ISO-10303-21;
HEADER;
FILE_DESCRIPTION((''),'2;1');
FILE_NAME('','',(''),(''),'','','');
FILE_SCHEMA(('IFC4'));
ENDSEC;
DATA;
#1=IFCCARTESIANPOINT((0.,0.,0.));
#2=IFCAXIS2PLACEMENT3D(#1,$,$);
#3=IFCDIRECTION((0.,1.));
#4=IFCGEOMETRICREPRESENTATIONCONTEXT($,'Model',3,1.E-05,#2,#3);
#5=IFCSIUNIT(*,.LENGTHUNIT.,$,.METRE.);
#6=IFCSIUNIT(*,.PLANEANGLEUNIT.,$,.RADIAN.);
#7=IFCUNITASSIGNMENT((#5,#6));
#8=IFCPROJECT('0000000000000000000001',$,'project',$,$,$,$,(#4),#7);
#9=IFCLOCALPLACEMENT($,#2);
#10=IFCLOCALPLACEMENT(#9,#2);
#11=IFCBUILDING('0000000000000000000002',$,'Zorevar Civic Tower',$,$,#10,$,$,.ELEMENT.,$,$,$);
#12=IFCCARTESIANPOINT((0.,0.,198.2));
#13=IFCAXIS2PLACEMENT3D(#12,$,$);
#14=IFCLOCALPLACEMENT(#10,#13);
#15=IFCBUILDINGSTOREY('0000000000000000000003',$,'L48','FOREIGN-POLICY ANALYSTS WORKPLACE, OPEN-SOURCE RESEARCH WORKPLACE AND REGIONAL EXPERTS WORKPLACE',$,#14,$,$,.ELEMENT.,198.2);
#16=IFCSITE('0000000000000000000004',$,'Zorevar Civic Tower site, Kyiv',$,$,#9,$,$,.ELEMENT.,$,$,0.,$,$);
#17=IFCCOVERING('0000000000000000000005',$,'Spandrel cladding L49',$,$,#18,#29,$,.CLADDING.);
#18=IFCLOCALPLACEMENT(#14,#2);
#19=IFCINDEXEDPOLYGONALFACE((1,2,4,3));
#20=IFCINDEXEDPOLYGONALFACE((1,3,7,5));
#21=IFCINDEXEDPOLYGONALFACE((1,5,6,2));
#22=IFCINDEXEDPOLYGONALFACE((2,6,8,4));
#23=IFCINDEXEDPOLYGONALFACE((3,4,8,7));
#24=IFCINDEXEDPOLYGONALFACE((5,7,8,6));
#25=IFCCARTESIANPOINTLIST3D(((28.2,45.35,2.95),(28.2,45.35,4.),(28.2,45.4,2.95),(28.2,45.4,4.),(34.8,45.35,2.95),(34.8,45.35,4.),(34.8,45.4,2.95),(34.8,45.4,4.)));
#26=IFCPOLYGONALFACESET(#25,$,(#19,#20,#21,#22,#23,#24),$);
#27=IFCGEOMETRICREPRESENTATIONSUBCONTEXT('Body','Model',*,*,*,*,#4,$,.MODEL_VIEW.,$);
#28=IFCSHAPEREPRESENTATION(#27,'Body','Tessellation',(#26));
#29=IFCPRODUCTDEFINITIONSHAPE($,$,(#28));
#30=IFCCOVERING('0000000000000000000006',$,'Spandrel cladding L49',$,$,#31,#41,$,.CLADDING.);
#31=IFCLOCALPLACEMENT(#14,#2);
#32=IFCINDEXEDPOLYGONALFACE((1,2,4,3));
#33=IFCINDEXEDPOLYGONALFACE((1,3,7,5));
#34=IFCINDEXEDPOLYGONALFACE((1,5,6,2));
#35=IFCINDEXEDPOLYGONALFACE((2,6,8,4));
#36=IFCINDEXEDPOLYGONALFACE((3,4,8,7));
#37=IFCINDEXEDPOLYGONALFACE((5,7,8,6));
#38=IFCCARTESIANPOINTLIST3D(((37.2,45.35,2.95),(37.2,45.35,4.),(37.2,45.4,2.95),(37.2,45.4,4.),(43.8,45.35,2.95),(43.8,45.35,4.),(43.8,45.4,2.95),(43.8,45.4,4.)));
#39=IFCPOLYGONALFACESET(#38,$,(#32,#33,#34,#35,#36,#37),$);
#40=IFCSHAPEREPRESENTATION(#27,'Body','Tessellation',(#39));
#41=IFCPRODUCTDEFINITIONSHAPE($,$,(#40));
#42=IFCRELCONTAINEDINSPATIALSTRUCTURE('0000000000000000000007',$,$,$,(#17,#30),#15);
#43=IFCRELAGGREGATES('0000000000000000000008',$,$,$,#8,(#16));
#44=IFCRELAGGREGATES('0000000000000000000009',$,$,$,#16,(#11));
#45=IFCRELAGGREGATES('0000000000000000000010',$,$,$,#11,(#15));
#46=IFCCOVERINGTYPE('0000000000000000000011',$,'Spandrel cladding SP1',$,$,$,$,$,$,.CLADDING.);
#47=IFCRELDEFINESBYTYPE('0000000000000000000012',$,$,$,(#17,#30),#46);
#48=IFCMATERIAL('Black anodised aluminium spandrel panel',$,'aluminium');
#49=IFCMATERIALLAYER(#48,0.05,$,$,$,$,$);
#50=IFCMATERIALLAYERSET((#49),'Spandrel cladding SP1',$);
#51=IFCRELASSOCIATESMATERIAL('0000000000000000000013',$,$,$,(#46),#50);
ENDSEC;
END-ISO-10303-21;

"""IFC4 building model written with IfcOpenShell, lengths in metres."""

from ifc_helpers import new_model, si_unit, direction, frame, frame_2d, origin, place, context, subcontext, project, spatial, rectangle, extrude, material, layer, layer_set, type_object, element, save


model = new_model("IFC4")

# Units and contexts
model_context = context("Model", 3, precision=1e-05, world=origin(), true_north=direction((0.0, 1.0)))
body_context = subcontext(model_context, "Body", "Model", "MODEL_VIEW")
ifc_project = project(units=[si_unit("LENGTHUNIT", "METRE"), si_unit("PLANEANGLEUNIT", "RADIAN")], contexts=[model_context])

# Site, building, storey
site_placement = place(None, origin())
site = spatial("IfcSite", under=ifc_project, at=site_placement, Name="Zorevar Civic Tower site, Kyiv", CompositionType="ELEMENT", RefElevation=0.0)
building_placement = place(site_placement, origin())
building = spatial("IfcBuilding", under=site, at=building_placement, Name="Zorevar Civic Tower", CompositionType="ELEMENT")
storey_placement = place(building_placement, frame((0.0, 0.0, 198.2)))
storey = spatial("IfcBuildingStorey", under=building, at=storey_placement, Name="L48", Description="FOREIGN-POLICY ANALYSTS WORKPLACE, OPEN-SOURCE RESEARCH WORKPLACE AND REGIONAL EXPERTS WORKPLACE", CompositionType="ELEMENT", Elevation=198.2)

# Coverings
ifc_material_1 = material(Name="Black anodised aluminium spandrel panel", Category="aluminium")
ifc_layer_1 = layer(ifc_material_1, 0.05)
ifc_layer_set_1 = layer_set([ifc_layer_1], Name="Spandrel cladding SP1")
covering_type = type_object("IfcCoveringType", Name="Spandrel cladding SP1", PredefinedType="CLADDING", material=ifc_layer_set_1)
for number, where, z_axis, x_axis, name in (
    (1, (28.2, 45.375, 2.95), (0.0, 0.0, 1.0), (1.0, 0.0, 0.0), "Spandrel cladding L49"),
    (2, (37.2, 45.375, 2.95), (0.0, 0.0, 1.0), (1.0, 0.0, 0.0), "Spandrel cladding L49"),
):
    element("IfcCovering", number, at=place(storey_placement, frame(where, z_axis=z_axis, x_axis=x_axis)), inside=storey, type_object=covering_type, Name=name, PredefinedType="CLADDING", context=body_context, shape_type="SweptSolid", body=[
        extrude(rectangle(XDim=6.6001, YDim=0.05, at=frame_2d((3.3, 0.0))), origin(), (0.0, 0.0, 1.0), 1.05),
    ])

save(model, "model.ifc")
